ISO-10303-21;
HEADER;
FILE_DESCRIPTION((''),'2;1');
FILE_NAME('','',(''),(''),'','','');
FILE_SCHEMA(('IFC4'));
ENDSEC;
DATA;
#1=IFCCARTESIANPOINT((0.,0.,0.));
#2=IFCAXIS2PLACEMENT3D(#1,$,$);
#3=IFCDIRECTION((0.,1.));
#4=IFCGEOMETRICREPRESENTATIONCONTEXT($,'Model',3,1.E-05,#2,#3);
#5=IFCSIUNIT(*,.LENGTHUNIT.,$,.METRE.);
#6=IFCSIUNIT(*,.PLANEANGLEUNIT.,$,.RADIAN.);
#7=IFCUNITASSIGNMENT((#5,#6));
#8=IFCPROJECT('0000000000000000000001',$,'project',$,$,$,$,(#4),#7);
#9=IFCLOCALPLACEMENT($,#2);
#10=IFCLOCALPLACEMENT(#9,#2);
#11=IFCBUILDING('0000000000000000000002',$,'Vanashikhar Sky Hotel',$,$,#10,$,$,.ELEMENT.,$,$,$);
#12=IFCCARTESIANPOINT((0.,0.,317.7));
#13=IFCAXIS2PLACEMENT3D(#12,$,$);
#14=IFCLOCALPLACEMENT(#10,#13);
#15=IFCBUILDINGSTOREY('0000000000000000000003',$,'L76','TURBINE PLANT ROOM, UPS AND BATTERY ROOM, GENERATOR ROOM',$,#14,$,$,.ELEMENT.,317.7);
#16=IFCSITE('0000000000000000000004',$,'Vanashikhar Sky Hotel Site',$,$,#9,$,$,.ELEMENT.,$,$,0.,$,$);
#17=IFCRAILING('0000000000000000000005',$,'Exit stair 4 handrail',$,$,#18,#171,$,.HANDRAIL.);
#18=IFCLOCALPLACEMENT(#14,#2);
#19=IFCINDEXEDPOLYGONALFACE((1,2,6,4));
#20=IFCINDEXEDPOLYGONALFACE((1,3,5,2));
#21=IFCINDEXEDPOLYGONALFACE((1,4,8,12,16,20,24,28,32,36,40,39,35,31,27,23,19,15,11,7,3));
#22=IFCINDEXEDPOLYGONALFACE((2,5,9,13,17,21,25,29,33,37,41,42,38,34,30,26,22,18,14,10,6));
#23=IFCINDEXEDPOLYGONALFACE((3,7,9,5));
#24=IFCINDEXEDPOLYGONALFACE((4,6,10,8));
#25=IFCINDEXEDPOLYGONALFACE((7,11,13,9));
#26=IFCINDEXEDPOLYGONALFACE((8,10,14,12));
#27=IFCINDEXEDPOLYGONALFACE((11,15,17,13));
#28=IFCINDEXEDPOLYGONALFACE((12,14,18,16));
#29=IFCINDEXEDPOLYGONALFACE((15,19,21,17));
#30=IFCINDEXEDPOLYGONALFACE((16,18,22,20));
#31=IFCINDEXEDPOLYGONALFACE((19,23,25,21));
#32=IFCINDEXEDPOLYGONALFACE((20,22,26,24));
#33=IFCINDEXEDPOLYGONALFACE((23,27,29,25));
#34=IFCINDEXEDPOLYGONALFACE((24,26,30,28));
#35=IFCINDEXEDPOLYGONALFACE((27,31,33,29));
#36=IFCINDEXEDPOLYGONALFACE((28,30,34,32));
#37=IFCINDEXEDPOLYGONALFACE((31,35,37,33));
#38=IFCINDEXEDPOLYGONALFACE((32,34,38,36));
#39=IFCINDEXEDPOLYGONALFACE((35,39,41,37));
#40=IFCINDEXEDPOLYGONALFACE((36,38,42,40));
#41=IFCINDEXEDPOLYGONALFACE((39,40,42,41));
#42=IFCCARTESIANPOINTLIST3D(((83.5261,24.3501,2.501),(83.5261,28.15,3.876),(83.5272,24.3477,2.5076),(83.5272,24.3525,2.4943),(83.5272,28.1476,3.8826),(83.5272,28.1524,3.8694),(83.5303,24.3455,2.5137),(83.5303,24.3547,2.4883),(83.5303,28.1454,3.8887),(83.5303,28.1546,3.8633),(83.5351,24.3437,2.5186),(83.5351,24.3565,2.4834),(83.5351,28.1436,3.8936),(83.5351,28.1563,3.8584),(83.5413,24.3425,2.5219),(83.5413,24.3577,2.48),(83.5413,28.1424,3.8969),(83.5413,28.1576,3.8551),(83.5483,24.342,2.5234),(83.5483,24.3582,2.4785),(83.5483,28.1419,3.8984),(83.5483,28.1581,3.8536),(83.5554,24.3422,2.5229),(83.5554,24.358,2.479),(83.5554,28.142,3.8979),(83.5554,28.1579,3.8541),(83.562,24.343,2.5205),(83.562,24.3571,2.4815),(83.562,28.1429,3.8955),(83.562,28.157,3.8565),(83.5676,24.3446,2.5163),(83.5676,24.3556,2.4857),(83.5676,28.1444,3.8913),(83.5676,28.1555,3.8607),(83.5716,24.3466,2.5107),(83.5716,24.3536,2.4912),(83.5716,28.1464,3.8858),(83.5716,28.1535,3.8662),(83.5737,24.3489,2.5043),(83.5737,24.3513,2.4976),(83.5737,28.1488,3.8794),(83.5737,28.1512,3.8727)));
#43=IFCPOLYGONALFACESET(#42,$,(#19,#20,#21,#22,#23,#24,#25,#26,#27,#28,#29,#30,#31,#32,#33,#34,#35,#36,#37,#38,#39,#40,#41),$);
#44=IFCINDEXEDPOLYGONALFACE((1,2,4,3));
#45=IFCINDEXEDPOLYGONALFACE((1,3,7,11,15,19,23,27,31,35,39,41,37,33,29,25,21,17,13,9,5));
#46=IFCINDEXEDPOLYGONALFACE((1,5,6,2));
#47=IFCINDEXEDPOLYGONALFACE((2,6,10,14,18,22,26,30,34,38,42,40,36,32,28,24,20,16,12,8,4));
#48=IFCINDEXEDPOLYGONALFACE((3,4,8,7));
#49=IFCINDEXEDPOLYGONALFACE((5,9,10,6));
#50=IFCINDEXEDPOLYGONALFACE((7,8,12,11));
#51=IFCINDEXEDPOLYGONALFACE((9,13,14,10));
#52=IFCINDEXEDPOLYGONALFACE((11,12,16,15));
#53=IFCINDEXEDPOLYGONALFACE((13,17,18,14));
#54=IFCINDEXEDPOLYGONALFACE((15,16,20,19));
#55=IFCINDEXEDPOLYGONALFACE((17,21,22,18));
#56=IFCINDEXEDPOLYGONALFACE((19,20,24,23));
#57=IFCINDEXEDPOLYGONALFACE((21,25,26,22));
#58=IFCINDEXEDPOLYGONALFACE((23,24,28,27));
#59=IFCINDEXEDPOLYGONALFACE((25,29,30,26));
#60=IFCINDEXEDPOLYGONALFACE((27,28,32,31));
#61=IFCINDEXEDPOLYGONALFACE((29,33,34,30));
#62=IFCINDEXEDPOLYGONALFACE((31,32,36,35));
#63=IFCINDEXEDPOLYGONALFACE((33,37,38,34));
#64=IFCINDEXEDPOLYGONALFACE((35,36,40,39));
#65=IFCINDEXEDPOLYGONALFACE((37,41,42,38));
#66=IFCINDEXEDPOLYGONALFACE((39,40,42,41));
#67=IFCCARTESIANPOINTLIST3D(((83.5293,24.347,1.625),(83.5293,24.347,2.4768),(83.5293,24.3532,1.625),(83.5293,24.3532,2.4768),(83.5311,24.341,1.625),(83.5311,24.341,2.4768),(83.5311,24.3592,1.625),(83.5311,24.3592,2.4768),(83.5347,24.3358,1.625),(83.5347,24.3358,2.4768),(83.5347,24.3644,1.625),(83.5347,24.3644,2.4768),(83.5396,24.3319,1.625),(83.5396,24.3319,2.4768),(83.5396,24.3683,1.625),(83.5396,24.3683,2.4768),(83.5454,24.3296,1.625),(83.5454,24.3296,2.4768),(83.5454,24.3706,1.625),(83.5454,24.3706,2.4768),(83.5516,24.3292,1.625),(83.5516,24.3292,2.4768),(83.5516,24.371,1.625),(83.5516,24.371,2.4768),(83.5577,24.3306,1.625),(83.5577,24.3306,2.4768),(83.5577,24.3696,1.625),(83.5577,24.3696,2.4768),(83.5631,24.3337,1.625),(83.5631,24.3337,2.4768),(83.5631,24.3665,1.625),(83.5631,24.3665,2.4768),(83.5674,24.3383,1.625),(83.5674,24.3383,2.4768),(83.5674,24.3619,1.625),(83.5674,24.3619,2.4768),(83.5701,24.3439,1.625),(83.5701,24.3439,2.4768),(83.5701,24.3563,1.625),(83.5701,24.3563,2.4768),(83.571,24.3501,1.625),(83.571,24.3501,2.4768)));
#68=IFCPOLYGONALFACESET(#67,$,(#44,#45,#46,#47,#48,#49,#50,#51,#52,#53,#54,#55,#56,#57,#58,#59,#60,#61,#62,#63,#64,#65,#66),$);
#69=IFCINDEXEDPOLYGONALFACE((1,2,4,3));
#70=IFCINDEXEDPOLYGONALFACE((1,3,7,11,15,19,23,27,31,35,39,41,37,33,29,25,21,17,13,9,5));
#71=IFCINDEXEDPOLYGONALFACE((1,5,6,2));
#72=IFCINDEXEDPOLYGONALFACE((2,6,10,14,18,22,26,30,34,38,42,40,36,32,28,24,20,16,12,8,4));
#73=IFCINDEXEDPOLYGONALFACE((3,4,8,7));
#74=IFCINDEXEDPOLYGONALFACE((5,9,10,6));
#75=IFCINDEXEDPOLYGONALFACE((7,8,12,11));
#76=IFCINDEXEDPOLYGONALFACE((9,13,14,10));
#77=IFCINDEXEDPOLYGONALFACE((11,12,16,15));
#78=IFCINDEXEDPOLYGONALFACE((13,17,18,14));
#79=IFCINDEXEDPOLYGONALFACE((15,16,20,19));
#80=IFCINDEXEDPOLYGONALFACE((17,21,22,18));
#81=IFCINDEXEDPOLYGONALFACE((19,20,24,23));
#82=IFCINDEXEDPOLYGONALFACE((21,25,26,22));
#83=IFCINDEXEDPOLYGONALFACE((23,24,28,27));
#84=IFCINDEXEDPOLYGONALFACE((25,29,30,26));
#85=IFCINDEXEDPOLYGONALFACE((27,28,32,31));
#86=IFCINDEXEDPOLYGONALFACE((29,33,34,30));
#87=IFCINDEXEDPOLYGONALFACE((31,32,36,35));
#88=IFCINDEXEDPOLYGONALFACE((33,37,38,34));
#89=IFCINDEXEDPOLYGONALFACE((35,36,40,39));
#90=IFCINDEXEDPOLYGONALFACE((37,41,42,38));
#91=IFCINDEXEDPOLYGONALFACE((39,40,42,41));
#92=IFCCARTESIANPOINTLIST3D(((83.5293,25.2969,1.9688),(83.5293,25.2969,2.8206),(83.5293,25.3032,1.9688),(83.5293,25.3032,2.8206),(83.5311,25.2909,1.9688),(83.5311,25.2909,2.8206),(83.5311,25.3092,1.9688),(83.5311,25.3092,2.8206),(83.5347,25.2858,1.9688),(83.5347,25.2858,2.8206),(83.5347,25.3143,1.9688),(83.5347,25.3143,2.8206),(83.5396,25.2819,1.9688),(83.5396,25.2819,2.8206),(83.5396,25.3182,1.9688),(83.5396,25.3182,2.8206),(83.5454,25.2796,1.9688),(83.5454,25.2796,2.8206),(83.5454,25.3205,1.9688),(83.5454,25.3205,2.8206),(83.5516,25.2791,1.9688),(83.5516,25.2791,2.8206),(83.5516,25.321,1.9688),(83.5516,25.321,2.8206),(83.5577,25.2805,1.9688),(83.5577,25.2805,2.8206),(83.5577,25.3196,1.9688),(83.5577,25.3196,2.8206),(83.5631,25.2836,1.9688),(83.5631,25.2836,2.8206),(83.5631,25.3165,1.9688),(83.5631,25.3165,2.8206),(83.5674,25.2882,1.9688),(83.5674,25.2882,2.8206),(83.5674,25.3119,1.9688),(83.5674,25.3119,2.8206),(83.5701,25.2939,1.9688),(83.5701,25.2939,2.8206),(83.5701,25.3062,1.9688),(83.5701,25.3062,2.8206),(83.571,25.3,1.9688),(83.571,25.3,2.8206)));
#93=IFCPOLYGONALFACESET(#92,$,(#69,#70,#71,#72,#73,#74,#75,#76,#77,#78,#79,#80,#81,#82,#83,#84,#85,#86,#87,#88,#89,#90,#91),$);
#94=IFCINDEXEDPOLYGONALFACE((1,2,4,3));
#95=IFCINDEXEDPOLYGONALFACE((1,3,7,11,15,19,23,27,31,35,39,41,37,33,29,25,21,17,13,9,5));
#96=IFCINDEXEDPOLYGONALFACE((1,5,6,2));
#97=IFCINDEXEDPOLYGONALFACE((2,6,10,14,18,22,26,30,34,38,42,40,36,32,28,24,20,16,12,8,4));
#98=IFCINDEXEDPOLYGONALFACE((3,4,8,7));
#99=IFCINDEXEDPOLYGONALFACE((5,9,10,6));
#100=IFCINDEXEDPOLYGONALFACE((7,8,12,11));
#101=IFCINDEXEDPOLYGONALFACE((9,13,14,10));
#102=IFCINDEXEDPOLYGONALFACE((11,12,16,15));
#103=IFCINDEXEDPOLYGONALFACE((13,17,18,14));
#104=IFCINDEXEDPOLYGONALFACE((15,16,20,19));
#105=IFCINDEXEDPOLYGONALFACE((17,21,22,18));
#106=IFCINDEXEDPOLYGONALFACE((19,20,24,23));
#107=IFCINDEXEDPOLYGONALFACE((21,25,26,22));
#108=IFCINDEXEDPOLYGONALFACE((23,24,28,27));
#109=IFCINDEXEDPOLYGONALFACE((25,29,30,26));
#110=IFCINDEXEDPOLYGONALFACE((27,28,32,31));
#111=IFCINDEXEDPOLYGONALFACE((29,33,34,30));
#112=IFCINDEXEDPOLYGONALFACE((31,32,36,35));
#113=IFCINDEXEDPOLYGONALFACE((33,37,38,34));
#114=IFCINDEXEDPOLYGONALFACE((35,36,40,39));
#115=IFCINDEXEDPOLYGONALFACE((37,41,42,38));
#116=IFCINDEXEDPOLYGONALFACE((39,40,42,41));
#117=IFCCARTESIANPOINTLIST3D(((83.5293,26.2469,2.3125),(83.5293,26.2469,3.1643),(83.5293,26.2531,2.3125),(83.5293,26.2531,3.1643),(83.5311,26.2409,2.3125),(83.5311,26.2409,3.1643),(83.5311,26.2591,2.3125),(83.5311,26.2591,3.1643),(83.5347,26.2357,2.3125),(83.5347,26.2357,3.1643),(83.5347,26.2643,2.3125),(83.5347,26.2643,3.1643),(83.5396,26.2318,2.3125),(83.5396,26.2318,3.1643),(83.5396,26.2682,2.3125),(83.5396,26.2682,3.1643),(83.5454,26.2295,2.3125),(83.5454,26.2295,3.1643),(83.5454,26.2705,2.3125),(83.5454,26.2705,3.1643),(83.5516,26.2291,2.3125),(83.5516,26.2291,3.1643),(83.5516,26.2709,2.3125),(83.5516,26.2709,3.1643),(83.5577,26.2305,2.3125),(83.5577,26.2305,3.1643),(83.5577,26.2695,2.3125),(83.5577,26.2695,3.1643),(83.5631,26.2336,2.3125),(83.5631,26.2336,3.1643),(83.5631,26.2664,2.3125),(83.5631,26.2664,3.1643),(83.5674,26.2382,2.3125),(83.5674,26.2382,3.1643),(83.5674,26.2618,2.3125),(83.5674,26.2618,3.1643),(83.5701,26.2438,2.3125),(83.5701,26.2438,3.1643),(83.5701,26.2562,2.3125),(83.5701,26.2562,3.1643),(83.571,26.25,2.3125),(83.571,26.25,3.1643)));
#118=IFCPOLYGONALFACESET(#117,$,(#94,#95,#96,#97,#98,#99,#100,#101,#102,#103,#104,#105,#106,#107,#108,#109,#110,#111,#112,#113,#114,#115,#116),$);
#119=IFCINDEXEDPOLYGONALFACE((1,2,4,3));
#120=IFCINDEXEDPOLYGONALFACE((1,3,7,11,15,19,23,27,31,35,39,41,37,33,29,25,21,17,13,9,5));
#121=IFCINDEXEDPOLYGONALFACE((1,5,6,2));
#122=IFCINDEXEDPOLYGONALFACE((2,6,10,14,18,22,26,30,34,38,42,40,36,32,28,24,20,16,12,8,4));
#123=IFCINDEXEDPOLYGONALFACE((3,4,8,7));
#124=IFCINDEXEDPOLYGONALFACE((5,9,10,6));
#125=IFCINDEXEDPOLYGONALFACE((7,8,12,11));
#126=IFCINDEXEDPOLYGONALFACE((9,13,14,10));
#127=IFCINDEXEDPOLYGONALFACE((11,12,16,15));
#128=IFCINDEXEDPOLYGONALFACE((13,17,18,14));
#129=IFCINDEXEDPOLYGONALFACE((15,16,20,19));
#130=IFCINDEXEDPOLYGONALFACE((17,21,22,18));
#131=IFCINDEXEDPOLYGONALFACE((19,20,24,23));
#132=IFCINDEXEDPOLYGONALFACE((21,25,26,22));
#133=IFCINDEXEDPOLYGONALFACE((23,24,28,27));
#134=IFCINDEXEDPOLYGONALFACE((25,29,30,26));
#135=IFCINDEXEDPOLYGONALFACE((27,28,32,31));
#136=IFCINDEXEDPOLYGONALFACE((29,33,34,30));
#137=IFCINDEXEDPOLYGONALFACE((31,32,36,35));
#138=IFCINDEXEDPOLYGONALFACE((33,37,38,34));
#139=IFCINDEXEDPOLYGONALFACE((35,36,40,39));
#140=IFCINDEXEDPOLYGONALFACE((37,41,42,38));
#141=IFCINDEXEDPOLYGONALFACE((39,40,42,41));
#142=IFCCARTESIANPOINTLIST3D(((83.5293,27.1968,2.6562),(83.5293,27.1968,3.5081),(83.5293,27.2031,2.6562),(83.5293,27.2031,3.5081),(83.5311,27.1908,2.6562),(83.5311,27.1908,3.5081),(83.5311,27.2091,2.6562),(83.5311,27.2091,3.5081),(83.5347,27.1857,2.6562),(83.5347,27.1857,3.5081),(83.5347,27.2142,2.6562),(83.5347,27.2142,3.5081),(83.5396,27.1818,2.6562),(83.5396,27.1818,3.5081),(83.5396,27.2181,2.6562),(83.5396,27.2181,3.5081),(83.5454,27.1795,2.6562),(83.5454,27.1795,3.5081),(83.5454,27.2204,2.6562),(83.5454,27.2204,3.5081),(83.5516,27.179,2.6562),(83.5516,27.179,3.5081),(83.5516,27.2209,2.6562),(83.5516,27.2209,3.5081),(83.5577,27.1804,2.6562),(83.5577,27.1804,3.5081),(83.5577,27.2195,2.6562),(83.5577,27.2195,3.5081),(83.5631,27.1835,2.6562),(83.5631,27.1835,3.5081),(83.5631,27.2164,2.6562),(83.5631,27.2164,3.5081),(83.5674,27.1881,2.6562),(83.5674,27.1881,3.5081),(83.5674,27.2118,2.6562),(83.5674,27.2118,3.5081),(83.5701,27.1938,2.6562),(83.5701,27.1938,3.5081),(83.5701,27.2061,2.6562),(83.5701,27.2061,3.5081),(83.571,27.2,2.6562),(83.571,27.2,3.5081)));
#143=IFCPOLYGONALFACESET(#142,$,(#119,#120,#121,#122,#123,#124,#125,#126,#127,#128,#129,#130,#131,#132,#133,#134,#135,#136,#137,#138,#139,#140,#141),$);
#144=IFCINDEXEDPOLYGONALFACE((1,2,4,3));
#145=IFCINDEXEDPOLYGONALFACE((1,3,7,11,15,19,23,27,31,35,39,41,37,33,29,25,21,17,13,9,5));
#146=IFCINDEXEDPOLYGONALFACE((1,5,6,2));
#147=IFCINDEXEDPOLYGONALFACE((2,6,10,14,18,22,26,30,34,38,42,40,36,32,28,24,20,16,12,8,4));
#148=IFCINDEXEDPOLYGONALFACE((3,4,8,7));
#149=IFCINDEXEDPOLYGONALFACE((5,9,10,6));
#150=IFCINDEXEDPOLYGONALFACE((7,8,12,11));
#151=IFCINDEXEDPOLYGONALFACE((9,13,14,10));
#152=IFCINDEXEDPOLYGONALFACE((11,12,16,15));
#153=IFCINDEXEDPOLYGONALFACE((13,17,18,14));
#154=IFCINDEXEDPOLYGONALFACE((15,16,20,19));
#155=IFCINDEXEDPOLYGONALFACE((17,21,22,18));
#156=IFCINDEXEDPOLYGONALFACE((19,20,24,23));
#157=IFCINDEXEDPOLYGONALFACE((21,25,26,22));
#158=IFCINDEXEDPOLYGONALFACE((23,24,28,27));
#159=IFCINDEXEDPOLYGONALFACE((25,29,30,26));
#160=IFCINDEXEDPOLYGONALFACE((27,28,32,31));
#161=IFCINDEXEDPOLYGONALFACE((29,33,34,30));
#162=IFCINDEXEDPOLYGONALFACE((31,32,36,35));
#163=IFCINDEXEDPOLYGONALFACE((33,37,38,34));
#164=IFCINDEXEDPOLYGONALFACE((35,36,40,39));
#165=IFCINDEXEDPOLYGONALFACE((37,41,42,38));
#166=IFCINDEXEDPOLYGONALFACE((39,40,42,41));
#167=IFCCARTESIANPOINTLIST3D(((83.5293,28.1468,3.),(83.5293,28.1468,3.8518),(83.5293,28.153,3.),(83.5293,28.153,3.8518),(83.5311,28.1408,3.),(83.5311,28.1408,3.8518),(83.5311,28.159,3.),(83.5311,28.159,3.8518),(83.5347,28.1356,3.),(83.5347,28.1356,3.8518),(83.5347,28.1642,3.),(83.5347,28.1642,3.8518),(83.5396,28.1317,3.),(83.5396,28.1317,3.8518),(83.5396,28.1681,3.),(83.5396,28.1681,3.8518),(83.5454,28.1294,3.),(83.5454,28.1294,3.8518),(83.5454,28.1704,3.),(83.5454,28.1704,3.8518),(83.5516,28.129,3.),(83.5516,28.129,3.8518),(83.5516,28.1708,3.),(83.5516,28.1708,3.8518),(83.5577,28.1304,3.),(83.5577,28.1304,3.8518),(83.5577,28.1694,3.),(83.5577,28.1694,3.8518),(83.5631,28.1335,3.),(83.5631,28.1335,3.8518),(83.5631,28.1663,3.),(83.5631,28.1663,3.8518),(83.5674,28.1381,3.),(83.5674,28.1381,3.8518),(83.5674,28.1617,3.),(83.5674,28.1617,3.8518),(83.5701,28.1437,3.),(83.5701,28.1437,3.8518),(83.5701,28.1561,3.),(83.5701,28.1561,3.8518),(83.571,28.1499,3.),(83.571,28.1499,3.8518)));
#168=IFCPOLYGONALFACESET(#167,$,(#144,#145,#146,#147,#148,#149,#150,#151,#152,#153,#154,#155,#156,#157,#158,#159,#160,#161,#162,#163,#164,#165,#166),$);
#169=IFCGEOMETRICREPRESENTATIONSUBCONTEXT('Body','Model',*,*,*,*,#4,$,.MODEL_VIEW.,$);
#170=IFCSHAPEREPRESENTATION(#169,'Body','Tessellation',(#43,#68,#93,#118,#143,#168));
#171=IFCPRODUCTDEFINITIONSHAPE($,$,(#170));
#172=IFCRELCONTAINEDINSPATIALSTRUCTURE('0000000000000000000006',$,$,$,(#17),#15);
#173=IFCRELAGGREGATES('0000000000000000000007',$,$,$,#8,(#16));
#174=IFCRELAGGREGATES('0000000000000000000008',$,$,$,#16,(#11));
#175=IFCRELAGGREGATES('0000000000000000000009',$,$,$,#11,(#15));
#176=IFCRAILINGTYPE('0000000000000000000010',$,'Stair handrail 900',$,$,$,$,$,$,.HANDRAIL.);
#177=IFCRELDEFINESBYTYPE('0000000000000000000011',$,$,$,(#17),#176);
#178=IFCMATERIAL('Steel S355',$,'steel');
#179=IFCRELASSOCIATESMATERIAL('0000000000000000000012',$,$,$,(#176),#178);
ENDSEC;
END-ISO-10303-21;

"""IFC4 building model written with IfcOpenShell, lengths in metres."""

from ifc_helpers import new_model, si_unit, direction, frame, origin, origin_2d, place, context, subcontext, project, spatial, circle, extrude, source, transform, mapped, material, type_object, element, save


model = new_model("IFC4")

# Units and contexts
model_context = context("Model", 3, precision=1e-05, world=origin(), true_north=direction((0.0, 1.0)))
body_context = subcontext(model_context, "Body", "Model", "MODEL_VIEW")
ifc_project = project(units=[si_unit("LENGTHUNIT", "METRE"), si_unit("PLANEANGLEUNIT", "RADIAN")], contexts=[model_context])

# Site, building, storey
site_placement = place(None, origin())
site = spatial("IfcSite", under=ifc_project, at=site_placement, Name="Vanashikhar Sky Hotel Site", CompositionType="ELEMENT", RefElevation=0.0)
building_placement = place(site_placement, origin())
building = spatial("IfcBuilding", under=site, at=building_placement, Name="Vanashikhar Sky Hotel", CompositionType="ELEMENT")
storey_placement = place(building_placement, frame((0.0, 0.0, 317.7)))
storey = spatial("IfcBuildingStorey", under=building, at=storey_placement, Name="L76", Description="TURBINE PLANT ROOM, UPS AND BATTERY ROOM, GENERATOR ROOM", CompositionType="ELEMENT", Elevation=317.7)

# Railing
ifc_material_1 = material(Name="Steel S355", Category="steel")
railing_type_1 = type_object("IfcRailingType", Name="Stair handrail 900", PredefinedType="HANDRAIL", material=ifc_material_1)
shared_shape_1 = source(origin(), body_context, "Body", "SweptSolid", [
    extrude(circle(Radius=0.0239, at=origin_2d()), frame((0.0, 0.0, 0.876), z_axis=(0.0, 0.940329, 0.340268), x_axis=(-1.0, 0.0, 0.0)), (0.0, 0.0, 1.0), 4.041),
    extrude(circle(Radius=0.021, at=origin_2d()), origin(), (0.0, 0.0, 1.0), 0.8518),
    extrude(circle(Radius=0.021, at=origin_2d()), frame((0.0, 0.95, 0.3438)), (0.0, 0.0, 1.0), 0.8518),
    extrude(circle(Radius=0.021, at=origin_2d()), frame((0.0, 1.8999, 0.6875)), (0.0, 0.0, 1.0), 0.8518),
    extrude(circle(Radius=0.021, at=origin_2d()), frame((0.0, 2.8499, 1.0312)), (0.0, 0.0, 1.0), 0.8518),
    extrude(circle(Radius=0.021, at=origin_2d()), frame((0.0, 3.7998, 1.375)), (0.0, 0.0, 1.0), 0.8518),
])
for number, where, name in (
    (1, (83.55, 24.3501, 1.625), "Exit stair 4 handrail"),
):
    element("IfcRailing", number, at=place(storey_placement, frame(where)), inside=storey, type_object=railing_type_1, Name=name, PredefinedType="HANDRAIL", context=body_context, shape_type="MappedRepresentation", body=[
        mapped(shared_shape_1, transform((0.0, 0.0, 0.0), scale=1.0)),
    ])

save(model, "model.ifc")
